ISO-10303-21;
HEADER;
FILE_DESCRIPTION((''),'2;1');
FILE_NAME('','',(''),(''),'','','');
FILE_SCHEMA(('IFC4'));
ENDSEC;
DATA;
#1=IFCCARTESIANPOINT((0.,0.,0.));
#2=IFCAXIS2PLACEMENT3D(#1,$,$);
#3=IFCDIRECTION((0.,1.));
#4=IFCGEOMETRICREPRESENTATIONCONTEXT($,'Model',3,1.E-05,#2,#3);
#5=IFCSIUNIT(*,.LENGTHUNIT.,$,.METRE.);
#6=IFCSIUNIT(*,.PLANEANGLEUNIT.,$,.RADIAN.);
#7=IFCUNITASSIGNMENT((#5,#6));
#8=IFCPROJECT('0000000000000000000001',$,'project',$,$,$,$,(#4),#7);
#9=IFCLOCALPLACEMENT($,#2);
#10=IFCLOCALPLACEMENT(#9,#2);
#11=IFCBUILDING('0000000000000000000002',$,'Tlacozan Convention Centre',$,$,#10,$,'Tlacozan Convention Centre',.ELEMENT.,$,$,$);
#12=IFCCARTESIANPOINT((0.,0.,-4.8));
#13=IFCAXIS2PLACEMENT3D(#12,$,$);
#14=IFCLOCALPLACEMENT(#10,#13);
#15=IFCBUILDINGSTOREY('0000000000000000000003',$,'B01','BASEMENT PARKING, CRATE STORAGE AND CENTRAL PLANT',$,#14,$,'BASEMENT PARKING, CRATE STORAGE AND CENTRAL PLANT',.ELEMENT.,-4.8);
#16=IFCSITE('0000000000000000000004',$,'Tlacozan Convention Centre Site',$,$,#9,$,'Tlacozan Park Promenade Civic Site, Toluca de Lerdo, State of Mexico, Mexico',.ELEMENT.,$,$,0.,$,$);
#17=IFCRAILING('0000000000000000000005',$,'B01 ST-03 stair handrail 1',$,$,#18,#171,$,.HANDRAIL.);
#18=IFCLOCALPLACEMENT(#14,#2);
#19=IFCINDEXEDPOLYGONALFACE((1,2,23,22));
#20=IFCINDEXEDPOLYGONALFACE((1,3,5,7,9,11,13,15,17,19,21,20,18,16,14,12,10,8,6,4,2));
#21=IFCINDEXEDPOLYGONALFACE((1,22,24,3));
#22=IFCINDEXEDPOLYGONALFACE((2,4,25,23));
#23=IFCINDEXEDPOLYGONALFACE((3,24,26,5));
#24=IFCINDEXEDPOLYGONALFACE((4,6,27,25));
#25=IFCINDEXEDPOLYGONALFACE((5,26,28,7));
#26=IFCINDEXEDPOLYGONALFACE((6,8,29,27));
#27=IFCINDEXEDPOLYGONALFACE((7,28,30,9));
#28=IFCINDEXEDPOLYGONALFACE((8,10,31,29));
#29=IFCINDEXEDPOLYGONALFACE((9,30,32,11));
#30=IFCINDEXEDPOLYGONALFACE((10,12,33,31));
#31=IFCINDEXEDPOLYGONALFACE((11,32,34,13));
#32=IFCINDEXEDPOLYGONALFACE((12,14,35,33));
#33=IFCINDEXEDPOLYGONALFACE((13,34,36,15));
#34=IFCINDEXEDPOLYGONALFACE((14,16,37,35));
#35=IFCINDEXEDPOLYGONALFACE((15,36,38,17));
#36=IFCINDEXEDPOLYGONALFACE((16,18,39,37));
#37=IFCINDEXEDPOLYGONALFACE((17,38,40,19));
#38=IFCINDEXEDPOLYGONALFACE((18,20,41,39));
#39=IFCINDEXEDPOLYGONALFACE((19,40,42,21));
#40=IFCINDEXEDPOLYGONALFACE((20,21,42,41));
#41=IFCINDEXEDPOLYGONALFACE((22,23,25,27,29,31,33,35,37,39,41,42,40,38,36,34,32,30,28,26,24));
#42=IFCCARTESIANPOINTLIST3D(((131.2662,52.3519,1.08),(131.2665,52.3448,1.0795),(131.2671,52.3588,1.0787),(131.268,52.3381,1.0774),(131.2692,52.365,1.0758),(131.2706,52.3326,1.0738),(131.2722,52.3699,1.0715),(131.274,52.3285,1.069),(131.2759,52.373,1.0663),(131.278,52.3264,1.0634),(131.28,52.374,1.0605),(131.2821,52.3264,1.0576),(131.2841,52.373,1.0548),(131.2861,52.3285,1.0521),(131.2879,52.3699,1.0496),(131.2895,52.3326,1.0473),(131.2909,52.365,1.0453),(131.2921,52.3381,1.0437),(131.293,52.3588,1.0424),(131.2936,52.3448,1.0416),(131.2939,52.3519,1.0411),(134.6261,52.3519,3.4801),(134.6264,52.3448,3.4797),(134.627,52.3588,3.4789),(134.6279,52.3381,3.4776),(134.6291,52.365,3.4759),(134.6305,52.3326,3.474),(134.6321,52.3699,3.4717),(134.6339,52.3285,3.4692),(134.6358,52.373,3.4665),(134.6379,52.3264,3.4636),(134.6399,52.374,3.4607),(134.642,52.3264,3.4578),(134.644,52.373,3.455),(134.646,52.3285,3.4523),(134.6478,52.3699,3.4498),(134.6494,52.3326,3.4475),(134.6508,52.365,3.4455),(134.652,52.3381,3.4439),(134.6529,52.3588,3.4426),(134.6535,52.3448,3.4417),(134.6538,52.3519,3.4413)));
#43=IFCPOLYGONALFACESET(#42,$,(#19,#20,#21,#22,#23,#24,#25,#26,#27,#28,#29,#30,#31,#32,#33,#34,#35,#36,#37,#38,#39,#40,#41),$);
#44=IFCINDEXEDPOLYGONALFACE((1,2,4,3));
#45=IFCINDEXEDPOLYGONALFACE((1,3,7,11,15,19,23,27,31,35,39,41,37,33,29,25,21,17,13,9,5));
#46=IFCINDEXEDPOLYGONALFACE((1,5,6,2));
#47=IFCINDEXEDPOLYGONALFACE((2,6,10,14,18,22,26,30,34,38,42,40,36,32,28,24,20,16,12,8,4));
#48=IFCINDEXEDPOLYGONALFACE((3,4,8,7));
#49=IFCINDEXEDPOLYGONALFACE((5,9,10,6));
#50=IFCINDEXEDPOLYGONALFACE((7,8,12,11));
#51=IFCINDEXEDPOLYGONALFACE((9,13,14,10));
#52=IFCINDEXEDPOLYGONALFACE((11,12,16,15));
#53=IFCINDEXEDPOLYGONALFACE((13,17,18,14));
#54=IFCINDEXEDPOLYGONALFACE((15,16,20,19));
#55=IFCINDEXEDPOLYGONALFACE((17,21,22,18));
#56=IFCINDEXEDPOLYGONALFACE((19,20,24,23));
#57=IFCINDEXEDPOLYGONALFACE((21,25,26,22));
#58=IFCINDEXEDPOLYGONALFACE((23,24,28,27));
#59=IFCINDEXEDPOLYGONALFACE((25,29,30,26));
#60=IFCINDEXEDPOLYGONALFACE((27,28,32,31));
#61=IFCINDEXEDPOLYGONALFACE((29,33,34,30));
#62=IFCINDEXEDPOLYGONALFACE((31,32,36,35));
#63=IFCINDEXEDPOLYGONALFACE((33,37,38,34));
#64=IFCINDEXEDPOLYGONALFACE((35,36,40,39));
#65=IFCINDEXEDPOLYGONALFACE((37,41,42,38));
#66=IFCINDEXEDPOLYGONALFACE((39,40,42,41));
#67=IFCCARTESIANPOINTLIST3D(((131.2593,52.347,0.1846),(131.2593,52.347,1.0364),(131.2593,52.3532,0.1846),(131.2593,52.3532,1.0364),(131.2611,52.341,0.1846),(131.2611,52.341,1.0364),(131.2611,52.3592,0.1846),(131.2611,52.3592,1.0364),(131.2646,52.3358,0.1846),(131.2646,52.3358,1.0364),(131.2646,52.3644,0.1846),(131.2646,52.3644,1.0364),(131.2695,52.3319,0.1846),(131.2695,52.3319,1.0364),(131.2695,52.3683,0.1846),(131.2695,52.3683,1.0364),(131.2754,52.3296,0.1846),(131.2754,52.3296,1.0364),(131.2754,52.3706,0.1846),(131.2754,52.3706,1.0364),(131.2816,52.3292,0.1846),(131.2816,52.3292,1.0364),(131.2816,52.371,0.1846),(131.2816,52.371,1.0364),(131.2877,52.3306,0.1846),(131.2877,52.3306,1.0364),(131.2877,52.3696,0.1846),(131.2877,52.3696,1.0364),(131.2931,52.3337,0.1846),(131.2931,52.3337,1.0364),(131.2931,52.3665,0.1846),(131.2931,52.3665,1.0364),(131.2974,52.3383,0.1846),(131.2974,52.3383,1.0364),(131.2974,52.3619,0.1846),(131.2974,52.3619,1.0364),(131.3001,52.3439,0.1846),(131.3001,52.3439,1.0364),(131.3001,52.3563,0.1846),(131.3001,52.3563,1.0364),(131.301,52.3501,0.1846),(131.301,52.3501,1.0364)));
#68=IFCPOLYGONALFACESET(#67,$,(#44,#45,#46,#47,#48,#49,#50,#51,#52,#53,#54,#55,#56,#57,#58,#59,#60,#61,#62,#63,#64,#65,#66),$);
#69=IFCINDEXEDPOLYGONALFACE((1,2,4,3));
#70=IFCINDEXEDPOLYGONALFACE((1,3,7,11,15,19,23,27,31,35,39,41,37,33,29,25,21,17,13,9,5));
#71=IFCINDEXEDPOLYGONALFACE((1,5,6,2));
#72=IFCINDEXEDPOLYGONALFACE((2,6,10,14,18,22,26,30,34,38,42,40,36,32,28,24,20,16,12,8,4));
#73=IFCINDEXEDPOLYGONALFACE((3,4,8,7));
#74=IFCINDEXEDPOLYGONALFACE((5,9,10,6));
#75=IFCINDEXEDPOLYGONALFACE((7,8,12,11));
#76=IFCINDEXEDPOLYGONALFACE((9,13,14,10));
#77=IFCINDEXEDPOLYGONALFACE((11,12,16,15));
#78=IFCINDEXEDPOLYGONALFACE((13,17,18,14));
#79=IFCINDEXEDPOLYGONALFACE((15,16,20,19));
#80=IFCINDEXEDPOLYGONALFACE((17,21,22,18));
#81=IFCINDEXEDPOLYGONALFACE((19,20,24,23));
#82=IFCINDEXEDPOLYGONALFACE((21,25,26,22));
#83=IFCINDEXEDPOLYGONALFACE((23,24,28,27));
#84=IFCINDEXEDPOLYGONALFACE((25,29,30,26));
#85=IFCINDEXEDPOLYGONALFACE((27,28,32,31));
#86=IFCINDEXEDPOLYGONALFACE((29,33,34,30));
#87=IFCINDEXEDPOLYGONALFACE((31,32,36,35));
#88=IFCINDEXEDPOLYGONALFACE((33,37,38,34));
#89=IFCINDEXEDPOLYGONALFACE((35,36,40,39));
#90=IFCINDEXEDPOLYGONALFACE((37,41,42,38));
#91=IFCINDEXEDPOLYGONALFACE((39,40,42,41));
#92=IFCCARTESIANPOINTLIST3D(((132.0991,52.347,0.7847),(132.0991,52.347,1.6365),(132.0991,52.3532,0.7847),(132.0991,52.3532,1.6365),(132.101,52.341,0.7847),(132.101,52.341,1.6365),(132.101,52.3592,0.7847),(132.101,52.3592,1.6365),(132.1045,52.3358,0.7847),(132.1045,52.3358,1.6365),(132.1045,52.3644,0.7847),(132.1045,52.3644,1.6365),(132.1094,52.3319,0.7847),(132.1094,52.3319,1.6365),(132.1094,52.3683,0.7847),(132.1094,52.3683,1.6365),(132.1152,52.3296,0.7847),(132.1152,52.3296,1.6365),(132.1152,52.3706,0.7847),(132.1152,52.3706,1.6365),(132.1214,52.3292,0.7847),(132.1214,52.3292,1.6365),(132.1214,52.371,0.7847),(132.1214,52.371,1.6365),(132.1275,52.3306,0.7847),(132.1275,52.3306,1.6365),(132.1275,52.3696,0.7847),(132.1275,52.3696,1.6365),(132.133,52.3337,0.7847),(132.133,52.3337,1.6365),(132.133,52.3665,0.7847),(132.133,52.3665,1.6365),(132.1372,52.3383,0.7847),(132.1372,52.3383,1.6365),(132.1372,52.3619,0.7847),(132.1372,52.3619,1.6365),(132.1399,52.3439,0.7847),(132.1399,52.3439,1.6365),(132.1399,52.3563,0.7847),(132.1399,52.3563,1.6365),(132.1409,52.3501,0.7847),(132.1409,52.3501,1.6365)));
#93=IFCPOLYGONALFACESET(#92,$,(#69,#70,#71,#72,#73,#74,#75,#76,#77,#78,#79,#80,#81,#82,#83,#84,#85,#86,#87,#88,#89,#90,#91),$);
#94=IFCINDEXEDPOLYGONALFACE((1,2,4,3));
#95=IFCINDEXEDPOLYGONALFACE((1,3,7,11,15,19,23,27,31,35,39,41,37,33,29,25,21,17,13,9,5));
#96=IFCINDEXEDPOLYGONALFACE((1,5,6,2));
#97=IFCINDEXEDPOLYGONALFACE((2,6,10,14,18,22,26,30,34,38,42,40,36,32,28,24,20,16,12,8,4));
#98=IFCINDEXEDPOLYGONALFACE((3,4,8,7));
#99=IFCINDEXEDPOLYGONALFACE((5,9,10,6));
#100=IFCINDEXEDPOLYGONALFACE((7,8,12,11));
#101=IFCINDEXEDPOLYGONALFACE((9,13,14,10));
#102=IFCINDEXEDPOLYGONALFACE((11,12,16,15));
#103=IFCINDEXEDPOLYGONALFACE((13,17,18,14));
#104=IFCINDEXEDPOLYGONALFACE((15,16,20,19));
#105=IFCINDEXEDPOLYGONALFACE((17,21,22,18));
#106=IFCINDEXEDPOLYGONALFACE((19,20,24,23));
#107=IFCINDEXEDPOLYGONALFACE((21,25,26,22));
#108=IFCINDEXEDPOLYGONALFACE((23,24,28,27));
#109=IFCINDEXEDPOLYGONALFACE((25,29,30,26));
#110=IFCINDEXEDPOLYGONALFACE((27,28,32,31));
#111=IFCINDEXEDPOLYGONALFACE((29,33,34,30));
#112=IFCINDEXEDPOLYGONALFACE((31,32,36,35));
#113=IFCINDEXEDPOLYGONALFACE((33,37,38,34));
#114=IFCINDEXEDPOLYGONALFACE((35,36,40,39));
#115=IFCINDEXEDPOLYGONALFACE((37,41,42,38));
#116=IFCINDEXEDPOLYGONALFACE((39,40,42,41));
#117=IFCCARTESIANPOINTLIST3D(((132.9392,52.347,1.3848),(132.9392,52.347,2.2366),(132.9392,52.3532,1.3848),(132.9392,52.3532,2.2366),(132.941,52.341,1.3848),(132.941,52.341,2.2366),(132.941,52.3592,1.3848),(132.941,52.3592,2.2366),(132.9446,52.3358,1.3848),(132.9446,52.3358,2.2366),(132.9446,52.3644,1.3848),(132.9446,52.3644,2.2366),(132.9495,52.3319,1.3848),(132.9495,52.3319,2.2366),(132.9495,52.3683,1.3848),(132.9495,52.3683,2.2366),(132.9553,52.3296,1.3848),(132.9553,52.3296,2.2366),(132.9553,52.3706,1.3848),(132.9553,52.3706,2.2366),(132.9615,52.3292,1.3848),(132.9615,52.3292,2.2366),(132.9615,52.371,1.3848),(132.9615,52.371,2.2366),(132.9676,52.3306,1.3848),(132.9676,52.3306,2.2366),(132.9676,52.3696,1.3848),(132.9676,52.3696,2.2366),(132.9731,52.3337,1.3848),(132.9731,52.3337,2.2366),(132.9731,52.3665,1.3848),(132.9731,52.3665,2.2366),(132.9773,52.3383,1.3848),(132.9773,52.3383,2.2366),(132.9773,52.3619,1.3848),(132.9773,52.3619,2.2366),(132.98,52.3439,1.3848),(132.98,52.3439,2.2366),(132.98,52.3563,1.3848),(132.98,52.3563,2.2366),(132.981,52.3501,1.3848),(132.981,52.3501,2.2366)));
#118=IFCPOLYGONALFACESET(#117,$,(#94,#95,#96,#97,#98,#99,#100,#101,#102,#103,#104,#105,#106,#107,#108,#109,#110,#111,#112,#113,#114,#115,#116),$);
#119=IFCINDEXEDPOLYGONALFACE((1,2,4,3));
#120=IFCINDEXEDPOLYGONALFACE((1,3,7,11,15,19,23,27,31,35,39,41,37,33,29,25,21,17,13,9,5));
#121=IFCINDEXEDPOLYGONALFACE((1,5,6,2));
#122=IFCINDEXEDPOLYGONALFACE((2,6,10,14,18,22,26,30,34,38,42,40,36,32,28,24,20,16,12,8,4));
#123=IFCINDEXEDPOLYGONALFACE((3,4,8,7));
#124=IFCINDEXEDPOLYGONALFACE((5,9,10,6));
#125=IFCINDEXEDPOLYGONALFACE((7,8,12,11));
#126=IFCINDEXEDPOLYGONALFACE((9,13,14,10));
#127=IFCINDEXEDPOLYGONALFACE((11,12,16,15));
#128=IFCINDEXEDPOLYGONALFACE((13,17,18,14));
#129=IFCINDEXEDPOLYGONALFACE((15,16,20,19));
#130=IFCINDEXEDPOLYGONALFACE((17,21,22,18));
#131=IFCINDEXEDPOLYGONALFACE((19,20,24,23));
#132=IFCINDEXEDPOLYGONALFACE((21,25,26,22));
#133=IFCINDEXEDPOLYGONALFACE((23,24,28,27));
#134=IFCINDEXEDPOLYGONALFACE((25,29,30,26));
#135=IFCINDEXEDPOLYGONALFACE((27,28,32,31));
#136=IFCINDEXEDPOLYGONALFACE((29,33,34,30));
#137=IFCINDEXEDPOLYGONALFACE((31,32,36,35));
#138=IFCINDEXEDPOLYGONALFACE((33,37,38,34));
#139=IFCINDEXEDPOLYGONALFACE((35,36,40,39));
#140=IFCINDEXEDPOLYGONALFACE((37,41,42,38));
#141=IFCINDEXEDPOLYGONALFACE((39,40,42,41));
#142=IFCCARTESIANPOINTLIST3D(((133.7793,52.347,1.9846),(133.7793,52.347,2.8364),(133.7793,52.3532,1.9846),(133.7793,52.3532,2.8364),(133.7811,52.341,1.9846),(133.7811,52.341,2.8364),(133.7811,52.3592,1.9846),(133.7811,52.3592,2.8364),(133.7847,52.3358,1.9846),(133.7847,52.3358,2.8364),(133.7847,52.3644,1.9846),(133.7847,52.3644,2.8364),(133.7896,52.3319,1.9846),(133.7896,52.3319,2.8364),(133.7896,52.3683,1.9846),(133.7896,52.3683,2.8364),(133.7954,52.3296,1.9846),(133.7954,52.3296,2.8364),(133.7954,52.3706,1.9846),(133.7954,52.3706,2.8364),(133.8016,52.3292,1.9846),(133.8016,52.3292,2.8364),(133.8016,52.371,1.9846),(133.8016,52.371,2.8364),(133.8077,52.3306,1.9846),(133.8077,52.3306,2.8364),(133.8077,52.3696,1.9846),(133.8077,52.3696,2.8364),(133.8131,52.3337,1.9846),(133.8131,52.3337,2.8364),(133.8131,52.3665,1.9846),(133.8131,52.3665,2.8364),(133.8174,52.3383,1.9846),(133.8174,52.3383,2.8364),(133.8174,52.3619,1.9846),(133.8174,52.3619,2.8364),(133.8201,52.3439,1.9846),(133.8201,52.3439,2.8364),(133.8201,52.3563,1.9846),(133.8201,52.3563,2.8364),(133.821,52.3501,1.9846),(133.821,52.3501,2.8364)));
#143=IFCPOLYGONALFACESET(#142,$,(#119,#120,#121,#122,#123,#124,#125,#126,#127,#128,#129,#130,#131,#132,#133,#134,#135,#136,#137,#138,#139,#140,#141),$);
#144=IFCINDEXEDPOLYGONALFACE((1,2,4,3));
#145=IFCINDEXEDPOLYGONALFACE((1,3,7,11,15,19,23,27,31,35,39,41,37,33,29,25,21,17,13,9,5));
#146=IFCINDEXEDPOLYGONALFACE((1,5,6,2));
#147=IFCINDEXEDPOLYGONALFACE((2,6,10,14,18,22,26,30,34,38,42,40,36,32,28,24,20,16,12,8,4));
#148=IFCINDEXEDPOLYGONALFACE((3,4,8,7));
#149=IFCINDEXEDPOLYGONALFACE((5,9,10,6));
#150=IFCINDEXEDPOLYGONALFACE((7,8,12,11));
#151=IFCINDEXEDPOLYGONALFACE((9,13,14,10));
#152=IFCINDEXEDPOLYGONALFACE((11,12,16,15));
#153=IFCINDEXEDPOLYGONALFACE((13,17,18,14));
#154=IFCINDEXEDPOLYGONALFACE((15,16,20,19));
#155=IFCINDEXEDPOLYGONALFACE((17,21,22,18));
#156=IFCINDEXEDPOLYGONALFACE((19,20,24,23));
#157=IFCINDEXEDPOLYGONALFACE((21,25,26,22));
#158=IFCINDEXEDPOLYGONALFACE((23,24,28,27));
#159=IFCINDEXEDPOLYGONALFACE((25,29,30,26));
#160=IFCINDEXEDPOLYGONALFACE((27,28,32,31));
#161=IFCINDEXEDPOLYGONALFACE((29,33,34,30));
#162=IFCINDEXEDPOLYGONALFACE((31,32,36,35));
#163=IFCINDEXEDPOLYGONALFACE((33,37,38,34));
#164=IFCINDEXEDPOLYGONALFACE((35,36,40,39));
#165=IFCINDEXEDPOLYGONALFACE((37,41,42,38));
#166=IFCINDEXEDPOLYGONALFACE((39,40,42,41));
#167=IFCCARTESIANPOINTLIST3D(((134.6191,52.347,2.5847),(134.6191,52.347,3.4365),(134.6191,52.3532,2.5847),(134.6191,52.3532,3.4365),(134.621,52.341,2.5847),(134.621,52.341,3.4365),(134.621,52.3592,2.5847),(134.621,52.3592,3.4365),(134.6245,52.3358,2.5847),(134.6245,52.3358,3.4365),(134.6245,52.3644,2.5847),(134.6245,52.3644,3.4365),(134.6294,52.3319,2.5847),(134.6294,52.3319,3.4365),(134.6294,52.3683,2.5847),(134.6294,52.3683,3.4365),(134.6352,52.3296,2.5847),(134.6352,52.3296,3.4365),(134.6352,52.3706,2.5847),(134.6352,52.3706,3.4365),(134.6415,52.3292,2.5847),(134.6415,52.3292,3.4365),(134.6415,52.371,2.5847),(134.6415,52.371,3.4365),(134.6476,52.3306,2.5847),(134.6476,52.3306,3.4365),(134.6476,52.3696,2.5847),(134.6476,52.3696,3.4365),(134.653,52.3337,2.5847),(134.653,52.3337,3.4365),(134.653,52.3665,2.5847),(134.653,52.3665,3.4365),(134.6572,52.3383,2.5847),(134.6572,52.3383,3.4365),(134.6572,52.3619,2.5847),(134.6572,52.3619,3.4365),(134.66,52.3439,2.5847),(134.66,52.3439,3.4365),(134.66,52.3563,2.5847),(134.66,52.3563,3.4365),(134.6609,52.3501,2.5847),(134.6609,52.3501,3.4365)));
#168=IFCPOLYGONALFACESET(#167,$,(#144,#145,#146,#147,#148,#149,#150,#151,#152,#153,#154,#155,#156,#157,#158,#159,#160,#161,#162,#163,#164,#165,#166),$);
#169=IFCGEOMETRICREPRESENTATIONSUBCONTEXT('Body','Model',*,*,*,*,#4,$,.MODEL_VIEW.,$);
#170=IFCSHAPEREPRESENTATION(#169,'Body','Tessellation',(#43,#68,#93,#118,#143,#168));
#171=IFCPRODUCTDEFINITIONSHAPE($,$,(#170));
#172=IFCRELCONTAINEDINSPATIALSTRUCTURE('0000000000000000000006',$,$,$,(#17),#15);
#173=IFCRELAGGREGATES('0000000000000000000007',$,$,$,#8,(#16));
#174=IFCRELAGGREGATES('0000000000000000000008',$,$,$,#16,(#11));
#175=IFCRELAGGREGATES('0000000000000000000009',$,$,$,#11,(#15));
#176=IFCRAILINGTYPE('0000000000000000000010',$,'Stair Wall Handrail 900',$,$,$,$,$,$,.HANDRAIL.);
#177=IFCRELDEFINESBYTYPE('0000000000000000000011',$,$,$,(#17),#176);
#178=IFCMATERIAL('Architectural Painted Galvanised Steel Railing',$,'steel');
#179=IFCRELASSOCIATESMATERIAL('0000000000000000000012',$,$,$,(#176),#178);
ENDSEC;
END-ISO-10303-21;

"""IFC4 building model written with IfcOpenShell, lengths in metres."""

from ifc_helpers import new_model, si_unit, direction, frame, origin, origin_2d, place, context, subcontext, project, spatial, circle, extrude, material, type_object, element, save


model = new_model("IFC4")

# Units and contexts
model_context = context("Model", 3, precision=1e-05, world=origin(), true_north=direction((0.0, 1.0)))
body_context = subcontext(model_context, "Body", "Model", "MODEL_VIEW")
ifc_project = project(units=[si_unit("LENGTHUNIT", "METRE"), si_unit("PLANEANGLEUNIT", "RADIAN")], contexts=[model_context])

# Site, building, storey
site_placement = place(None, origin())
site = spatial("IfcSite", under=ifc_project, at=site_placement, Name="Tlacozan Convention Centre Site", LongName="Tlacozan Park Promenade Civic Site, Toluca de Lerdo, State of Mexico, Mexico", CompositionType="ELEMENT", RefElevation=0.0)
building_placement = place(site_placement, origin())
building = spatial("IfcBuilding", under=site, at=building_placement, Name="Tlacozan Convention Centre", LongName="Tlacozan Convention Centre", CompositionType="ELEMENT")
storey_placement = place(building_placement, frame((0.0, 0.0, -4.8)))
storey = spatial("IfcBuildingStorey", under=building, at=storey_placement, Name="B01", Description="BASEMENT PARKING, CRATE STORAGE AND CENTRAL PLANT", LongName="BASEMENT PARKING, CRATE STORAGE AND CENTRAL PLANT", CompositionType="ELEMENT", Elevation=-4.8)

# Railing
ifc_material_1 = material(Name="Architectural Painted Galvanised Steel Railing", Category="steel")
railing_type_1 = type_object("IfcRailingType", Name="Stair Wall Handrail 900", PredefinedType="HANDRAIL", material=ifc_material_1)
railing_1_placement = place(storey_placement, frame((131.28, 52.3501, 0.1846)))
element("IfcRailing", 1, at=railing_1_placement, inside=storey, type_object=railing_type_1, Name="B01 ST-03 stair handrail 1", PredefinedType="HANDRAIL", context=body_context, shape_type="SweptSolid", body=[
    extrude(circle(Radius=0.0239, at=origin_2d()), frame((0.0, 0.0, 0.876), z_axis=(0.813706, 0.0, 0.581277), x_axis=(0.0, 1.0, 0.0)), (0.0, 0.0, 1.0), 4.1292),
    extrude(circle(Radius=0.021, at=origin_2d()), origin(), (0.0, 0.0, 1.0), 0.8518),
    extrude(circle(Radius=0.021, at=origin_2d()), frame((0.8398, 0.0, 0.6001)), (0.0, 0.0, 1.0), 0.8518),
    extrude(circle(Radius=0.021, at=origin_2d()), frame((1.6799, 0.0, 1.2002)), (0.0, 0.0, 1.0), 0.8518),
    extrude(circle(Radius=0.021, at=origin_2d()), frame((2.52, 0.0, 1.8)), (0.0, 0.0, 1.0), 0.8518),
    extrude(circle(Radius=0.021, at=origin_2d()), frame((3.3599, 0.0, 2.4001)), (0.0, 0.0, 1.0), 0.8518),
])

save(model, "model.ifc")
